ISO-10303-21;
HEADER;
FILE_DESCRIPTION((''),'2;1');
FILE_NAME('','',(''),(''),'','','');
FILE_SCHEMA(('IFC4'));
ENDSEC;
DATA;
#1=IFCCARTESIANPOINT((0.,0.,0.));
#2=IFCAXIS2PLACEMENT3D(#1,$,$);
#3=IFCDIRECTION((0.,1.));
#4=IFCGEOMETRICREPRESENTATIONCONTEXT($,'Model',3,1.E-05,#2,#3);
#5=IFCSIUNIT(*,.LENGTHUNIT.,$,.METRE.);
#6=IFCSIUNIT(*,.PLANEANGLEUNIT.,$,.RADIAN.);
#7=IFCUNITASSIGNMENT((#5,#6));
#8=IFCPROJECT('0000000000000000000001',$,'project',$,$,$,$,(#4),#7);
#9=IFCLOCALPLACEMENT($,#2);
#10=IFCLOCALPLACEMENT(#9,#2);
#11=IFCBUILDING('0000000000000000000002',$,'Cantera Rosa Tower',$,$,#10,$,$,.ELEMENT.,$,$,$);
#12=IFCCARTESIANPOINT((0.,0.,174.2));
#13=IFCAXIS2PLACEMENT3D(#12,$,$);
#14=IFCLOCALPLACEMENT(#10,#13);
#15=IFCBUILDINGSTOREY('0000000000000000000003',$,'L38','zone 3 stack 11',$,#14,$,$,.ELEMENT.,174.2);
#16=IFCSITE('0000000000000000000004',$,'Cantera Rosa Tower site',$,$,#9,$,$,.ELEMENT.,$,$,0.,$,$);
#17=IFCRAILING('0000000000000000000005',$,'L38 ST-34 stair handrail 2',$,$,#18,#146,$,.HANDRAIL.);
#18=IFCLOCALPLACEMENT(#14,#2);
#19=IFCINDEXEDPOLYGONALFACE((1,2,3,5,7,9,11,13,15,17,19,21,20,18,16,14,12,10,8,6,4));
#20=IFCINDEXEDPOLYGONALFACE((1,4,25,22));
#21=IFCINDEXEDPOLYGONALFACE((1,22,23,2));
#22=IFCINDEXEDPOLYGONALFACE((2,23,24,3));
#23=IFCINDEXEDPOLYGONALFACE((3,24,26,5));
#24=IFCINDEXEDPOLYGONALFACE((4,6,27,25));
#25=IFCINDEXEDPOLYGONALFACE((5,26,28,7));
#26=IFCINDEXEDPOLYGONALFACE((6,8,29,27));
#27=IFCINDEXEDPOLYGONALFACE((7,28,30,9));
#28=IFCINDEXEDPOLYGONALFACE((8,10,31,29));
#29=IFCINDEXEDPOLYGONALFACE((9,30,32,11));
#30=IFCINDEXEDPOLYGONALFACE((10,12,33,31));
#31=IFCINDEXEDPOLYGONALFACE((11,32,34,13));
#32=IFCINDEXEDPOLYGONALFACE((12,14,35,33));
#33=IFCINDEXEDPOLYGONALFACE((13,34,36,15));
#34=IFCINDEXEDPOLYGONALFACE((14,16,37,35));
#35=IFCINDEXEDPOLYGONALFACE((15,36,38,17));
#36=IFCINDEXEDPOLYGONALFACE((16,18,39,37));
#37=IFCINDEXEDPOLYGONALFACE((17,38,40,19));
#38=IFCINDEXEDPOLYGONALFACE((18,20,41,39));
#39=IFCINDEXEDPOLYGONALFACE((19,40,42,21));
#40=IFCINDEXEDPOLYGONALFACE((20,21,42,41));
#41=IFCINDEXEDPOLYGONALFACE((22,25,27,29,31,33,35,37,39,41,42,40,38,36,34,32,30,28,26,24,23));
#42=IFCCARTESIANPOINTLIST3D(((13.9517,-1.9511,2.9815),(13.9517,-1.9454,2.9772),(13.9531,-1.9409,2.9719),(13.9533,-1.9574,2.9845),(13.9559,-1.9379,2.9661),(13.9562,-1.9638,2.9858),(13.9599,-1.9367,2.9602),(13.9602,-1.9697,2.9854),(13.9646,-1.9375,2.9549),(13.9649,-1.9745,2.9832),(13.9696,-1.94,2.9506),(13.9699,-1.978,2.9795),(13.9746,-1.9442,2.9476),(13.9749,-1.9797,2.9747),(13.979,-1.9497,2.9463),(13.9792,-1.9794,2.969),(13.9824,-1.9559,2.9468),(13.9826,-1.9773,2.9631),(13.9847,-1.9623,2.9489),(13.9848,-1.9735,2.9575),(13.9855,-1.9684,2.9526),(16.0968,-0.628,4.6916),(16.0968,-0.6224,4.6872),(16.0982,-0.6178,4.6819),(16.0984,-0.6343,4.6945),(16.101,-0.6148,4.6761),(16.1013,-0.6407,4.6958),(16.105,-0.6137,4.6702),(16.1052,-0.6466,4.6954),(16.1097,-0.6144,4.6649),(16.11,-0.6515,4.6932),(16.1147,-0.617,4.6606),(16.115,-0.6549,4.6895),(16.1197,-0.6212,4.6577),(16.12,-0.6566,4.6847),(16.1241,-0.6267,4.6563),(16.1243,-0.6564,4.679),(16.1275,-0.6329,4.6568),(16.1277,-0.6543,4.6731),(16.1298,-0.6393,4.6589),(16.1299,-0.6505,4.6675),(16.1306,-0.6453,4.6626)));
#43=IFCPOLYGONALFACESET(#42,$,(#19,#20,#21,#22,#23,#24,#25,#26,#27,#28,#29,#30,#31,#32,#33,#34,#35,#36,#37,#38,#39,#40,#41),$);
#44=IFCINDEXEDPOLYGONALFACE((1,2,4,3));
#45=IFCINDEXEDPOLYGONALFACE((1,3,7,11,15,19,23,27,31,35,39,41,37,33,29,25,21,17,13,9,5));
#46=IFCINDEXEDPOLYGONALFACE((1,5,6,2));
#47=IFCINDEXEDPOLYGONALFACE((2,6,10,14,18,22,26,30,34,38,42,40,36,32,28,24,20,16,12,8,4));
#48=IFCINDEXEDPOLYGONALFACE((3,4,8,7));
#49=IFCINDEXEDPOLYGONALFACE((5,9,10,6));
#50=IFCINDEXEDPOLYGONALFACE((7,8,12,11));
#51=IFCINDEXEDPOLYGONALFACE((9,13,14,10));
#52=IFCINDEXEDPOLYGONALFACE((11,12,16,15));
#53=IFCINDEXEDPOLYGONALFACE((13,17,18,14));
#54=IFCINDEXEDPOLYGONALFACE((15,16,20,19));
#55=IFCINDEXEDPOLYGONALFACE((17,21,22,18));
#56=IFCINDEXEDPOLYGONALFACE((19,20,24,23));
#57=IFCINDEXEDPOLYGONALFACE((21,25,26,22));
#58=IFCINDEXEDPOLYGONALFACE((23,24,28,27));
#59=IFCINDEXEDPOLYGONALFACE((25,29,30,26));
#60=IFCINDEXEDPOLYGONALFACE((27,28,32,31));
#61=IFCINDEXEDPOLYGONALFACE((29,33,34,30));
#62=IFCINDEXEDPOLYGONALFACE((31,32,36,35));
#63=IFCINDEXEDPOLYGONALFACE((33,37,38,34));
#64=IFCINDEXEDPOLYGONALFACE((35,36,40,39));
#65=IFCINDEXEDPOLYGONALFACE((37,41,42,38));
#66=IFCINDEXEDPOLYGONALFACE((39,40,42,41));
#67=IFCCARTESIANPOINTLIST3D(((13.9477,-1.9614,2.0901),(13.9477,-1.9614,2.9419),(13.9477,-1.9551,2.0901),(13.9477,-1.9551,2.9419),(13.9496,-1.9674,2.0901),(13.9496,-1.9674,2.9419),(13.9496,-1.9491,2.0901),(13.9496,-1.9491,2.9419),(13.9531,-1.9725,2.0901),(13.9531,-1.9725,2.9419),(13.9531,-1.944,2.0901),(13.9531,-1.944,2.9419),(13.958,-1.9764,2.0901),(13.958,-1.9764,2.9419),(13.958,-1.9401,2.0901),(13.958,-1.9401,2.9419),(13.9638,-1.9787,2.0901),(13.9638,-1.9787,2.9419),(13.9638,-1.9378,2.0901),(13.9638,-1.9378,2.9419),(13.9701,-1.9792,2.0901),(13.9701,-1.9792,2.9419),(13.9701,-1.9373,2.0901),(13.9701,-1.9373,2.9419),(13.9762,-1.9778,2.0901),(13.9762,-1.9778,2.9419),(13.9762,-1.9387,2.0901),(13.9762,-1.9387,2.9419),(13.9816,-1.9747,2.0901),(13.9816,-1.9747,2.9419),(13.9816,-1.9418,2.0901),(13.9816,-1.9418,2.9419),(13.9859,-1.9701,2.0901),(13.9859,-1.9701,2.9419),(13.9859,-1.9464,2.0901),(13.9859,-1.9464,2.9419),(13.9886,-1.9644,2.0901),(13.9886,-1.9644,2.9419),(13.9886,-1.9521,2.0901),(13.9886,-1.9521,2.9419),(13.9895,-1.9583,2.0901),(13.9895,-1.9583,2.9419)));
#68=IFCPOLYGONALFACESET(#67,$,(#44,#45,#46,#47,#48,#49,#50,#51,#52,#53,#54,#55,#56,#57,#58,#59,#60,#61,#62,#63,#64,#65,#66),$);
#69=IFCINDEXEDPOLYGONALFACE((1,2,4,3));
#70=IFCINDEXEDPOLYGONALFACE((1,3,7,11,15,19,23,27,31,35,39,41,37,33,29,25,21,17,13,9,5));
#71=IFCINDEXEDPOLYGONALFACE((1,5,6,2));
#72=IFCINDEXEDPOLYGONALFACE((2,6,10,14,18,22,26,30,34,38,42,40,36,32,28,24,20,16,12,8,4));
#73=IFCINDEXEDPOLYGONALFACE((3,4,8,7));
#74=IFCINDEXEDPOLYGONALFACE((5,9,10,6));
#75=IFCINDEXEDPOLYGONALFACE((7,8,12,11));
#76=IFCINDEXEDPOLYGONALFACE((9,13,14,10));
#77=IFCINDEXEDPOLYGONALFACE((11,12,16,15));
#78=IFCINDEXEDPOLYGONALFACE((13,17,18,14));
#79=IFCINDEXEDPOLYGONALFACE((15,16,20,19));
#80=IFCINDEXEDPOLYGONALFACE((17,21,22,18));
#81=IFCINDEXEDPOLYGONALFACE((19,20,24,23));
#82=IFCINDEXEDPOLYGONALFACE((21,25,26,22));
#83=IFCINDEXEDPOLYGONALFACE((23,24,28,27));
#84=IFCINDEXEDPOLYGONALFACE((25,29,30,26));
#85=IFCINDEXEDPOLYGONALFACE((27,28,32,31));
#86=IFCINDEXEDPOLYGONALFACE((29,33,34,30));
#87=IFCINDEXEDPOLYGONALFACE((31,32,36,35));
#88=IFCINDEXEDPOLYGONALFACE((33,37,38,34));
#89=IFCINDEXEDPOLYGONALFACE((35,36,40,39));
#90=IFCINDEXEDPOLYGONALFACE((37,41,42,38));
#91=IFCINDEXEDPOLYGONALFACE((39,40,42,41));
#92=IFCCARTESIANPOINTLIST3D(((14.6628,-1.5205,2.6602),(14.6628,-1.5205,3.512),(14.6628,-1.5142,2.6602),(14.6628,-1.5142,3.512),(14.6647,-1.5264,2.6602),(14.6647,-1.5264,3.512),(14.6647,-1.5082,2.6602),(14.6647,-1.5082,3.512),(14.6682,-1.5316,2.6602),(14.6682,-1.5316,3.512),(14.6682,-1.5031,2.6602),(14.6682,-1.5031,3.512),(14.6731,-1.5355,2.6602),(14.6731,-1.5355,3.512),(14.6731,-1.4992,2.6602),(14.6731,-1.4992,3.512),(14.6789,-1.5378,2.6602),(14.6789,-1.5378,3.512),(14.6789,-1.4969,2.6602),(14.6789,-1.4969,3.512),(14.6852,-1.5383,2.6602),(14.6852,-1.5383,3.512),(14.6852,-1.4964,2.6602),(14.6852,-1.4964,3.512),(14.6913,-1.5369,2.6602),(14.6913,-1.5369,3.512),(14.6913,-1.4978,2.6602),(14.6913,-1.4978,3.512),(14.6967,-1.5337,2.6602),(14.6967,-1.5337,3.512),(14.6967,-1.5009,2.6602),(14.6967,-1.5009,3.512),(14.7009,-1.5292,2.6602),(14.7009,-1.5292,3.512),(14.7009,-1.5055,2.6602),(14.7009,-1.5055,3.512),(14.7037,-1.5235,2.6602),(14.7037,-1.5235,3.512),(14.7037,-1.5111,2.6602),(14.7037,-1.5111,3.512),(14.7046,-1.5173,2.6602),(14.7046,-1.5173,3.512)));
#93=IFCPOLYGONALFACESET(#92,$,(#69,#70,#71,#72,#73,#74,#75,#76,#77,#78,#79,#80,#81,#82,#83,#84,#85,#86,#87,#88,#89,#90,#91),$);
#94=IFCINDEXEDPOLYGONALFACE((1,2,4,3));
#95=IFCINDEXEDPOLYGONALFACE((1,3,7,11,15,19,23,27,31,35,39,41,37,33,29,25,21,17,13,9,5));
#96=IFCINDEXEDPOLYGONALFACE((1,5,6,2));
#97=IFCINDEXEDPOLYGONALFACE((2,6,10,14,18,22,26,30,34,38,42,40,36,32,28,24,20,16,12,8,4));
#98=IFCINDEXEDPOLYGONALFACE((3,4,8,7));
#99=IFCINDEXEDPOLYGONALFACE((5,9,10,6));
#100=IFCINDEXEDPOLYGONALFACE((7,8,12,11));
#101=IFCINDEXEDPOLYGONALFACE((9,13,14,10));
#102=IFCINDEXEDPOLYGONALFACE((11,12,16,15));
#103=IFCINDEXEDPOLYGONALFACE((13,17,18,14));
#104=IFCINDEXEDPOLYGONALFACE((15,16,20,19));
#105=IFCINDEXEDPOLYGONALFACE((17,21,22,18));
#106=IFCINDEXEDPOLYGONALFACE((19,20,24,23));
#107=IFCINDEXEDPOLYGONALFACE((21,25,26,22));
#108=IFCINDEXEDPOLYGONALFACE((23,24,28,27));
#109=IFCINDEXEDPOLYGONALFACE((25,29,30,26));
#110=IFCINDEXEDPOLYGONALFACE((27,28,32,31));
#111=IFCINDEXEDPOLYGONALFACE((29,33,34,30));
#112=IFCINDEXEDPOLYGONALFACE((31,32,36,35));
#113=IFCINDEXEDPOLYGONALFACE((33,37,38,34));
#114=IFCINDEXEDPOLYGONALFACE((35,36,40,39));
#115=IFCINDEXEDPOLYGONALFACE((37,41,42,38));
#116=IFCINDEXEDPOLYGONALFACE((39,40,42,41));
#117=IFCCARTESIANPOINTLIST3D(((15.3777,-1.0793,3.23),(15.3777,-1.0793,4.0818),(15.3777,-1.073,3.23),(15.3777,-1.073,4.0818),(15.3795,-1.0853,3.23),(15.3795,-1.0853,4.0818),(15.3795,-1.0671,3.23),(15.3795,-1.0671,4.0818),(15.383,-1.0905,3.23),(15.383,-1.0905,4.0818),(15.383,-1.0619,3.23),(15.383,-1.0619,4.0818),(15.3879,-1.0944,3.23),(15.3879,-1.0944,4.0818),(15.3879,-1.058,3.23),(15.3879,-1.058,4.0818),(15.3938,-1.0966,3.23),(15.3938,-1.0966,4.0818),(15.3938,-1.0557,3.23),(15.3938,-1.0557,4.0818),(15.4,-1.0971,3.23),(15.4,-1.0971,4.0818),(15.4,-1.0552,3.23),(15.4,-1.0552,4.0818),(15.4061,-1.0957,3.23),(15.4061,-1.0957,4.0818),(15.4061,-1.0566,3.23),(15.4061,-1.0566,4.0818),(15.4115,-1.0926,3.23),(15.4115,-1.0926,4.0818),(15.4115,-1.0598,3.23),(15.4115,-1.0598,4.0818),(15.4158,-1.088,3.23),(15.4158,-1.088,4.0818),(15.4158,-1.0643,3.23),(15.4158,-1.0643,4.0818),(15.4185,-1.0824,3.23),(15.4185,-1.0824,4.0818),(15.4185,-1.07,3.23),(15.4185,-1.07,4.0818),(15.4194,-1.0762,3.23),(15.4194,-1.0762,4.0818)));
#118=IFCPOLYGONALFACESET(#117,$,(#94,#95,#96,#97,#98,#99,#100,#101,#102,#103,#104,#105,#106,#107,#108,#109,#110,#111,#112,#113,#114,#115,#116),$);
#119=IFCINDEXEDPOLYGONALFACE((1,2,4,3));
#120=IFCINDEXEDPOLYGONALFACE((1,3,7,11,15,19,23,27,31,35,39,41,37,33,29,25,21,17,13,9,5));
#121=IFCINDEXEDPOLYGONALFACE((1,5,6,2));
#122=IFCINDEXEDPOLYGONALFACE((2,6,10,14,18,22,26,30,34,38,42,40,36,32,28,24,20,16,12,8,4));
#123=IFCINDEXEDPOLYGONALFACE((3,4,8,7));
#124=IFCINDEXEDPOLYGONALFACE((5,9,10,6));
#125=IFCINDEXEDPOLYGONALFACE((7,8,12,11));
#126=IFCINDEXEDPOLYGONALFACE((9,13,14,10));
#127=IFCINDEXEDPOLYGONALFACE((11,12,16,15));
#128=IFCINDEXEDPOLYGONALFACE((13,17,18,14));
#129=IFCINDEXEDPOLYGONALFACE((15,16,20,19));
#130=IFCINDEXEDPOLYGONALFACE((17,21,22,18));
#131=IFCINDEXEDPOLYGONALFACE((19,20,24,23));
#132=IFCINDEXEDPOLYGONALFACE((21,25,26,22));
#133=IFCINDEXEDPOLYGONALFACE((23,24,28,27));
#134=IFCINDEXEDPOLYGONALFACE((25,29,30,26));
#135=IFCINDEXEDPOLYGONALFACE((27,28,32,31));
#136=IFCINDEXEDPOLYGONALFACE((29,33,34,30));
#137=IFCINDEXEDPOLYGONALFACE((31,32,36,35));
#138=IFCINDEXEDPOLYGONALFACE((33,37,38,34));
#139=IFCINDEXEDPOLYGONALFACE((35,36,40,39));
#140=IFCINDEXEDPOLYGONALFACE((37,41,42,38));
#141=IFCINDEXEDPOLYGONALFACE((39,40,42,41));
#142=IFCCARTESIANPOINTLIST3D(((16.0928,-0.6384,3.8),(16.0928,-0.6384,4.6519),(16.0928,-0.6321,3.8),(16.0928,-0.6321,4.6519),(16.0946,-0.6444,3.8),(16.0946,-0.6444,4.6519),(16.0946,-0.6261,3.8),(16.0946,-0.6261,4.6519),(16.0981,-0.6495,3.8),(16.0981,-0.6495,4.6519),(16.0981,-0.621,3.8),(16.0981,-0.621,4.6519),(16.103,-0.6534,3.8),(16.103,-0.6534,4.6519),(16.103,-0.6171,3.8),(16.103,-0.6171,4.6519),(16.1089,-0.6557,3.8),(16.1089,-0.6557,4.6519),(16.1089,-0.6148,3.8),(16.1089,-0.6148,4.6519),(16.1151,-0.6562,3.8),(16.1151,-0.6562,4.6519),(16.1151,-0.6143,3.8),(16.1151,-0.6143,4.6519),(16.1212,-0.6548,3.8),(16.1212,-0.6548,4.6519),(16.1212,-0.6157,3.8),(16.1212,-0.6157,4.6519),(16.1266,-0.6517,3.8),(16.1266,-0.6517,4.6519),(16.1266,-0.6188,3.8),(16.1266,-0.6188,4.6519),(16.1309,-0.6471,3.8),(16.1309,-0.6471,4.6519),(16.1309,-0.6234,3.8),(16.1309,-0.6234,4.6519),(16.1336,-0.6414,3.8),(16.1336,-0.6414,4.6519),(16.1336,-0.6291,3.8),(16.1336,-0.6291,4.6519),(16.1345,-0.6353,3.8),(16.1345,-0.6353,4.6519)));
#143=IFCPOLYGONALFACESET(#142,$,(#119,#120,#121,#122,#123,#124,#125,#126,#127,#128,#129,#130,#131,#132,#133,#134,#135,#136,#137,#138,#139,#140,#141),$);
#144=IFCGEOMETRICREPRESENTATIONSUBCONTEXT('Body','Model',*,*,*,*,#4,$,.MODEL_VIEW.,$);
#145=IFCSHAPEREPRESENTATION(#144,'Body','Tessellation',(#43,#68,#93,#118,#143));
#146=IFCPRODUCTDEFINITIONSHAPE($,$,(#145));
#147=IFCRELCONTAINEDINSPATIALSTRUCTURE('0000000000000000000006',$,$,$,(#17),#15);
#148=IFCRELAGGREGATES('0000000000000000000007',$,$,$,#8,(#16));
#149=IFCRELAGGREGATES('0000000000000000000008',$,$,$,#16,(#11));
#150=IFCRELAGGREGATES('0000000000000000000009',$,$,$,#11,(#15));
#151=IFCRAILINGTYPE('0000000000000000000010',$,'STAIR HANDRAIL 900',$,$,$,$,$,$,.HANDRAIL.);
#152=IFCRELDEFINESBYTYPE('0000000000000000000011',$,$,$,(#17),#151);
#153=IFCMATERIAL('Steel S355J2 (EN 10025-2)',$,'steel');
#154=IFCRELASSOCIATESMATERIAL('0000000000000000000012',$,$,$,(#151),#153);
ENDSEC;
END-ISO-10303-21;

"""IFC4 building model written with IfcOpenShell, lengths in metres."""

from ifc_helpers import new_model, si_unit, direction, frame, origin, origin_2d, place, context, subcontext, project, spatial, circle, extrude, material, type_object, element, save


model = new_model("IFC4")

# Units and contexts
model_context = context("Model", 3, precision=1e-05, world=origin(), true_north=direction((0.0, 1.0)))
body_context = subcontext(model_context, "Body", "Model", "MODEL_VIEW")
ifc_project = project(units=[si_unit("LENGTHUNIT", "METRE"), si_unit("PLANEANGLEUNIT", "RADIAN")], contexts=[model_context])

# Site, building, storey
site_placement = place(None, origin())
site = spatial("IfcSite", under=ifc_project, at=site_placement, Name="Cantera Rosa Tower site", CompositionType="ELEMENT", RefElevation=0.0)
building_placement = place(site_placement, origin())
building = spatial("IfcBuilding", under=site, at=building_placement, Name="Cantera Rosa Tower", CompositionType="ELEMENT")
storey_placement = place(building_placement, frame((0.0, 0.0, 174.2)))
storey = spatial("IfcBuildingStorey", under=building, at=storey_placement, Name="L38", Description="zone 3 stack 11", CompositionType="ELEMENT", Elevation=174.2)

# Railing
ifc_material_1 = material(Name="Steel S355J2 (EN 10025-2)", Category="steel")
railing_type_1 = type_object("IfcRailingType", Name="STAIR HANDRAIL 900", PredefinedType="HANDRAIL", material=ifc_material_1)
railing_1_placement = place(storey_placement, frame((13.9685, -1.9583, 2.0901)))
element("IfcRailing", 1, at=railing_1_placement, inside=storey, type_object=railing_type_1, Name="L38 ST-34 stair handrail 2", PredefinedType="HANDRAIL", context=body_context, shape_type="SweptSolid", body=[
    extrude(circle(Radius=0.0239, at=origin_2d()), frame((0.0, 0.0, 0.876), z_axis=(0.704312, 0.434403, 0.561461), x_axis=(-0.524957, 0.851129, 0.0)), (0.0, 0.0, 1.0), 3.0457),
    extrude(circle(Radius=0.021, at=origin_2d()), origin(), (0.0, 0.0, 1.0), 0.8518),
    extrude(circle(Radius=0.021, at=origin_2d()), frame((0.7151, 0.4409, 0.5701)), (0.0, 0.0, 1.0), 0.8518),
    extrude(circle(Radius=0.021, at=origin_2d()), frame((1.4299, 0.8821, 1.1399)), (0.0, 0.0, 1.0), 0.8518),
    extrude(circle(Radius=0.021, at=origin_2d()), frame((2.145, 1.323, 1.71)), (0.0, 0.0, 1.0), 0.8518),
])

save(model, "model.ifc")
